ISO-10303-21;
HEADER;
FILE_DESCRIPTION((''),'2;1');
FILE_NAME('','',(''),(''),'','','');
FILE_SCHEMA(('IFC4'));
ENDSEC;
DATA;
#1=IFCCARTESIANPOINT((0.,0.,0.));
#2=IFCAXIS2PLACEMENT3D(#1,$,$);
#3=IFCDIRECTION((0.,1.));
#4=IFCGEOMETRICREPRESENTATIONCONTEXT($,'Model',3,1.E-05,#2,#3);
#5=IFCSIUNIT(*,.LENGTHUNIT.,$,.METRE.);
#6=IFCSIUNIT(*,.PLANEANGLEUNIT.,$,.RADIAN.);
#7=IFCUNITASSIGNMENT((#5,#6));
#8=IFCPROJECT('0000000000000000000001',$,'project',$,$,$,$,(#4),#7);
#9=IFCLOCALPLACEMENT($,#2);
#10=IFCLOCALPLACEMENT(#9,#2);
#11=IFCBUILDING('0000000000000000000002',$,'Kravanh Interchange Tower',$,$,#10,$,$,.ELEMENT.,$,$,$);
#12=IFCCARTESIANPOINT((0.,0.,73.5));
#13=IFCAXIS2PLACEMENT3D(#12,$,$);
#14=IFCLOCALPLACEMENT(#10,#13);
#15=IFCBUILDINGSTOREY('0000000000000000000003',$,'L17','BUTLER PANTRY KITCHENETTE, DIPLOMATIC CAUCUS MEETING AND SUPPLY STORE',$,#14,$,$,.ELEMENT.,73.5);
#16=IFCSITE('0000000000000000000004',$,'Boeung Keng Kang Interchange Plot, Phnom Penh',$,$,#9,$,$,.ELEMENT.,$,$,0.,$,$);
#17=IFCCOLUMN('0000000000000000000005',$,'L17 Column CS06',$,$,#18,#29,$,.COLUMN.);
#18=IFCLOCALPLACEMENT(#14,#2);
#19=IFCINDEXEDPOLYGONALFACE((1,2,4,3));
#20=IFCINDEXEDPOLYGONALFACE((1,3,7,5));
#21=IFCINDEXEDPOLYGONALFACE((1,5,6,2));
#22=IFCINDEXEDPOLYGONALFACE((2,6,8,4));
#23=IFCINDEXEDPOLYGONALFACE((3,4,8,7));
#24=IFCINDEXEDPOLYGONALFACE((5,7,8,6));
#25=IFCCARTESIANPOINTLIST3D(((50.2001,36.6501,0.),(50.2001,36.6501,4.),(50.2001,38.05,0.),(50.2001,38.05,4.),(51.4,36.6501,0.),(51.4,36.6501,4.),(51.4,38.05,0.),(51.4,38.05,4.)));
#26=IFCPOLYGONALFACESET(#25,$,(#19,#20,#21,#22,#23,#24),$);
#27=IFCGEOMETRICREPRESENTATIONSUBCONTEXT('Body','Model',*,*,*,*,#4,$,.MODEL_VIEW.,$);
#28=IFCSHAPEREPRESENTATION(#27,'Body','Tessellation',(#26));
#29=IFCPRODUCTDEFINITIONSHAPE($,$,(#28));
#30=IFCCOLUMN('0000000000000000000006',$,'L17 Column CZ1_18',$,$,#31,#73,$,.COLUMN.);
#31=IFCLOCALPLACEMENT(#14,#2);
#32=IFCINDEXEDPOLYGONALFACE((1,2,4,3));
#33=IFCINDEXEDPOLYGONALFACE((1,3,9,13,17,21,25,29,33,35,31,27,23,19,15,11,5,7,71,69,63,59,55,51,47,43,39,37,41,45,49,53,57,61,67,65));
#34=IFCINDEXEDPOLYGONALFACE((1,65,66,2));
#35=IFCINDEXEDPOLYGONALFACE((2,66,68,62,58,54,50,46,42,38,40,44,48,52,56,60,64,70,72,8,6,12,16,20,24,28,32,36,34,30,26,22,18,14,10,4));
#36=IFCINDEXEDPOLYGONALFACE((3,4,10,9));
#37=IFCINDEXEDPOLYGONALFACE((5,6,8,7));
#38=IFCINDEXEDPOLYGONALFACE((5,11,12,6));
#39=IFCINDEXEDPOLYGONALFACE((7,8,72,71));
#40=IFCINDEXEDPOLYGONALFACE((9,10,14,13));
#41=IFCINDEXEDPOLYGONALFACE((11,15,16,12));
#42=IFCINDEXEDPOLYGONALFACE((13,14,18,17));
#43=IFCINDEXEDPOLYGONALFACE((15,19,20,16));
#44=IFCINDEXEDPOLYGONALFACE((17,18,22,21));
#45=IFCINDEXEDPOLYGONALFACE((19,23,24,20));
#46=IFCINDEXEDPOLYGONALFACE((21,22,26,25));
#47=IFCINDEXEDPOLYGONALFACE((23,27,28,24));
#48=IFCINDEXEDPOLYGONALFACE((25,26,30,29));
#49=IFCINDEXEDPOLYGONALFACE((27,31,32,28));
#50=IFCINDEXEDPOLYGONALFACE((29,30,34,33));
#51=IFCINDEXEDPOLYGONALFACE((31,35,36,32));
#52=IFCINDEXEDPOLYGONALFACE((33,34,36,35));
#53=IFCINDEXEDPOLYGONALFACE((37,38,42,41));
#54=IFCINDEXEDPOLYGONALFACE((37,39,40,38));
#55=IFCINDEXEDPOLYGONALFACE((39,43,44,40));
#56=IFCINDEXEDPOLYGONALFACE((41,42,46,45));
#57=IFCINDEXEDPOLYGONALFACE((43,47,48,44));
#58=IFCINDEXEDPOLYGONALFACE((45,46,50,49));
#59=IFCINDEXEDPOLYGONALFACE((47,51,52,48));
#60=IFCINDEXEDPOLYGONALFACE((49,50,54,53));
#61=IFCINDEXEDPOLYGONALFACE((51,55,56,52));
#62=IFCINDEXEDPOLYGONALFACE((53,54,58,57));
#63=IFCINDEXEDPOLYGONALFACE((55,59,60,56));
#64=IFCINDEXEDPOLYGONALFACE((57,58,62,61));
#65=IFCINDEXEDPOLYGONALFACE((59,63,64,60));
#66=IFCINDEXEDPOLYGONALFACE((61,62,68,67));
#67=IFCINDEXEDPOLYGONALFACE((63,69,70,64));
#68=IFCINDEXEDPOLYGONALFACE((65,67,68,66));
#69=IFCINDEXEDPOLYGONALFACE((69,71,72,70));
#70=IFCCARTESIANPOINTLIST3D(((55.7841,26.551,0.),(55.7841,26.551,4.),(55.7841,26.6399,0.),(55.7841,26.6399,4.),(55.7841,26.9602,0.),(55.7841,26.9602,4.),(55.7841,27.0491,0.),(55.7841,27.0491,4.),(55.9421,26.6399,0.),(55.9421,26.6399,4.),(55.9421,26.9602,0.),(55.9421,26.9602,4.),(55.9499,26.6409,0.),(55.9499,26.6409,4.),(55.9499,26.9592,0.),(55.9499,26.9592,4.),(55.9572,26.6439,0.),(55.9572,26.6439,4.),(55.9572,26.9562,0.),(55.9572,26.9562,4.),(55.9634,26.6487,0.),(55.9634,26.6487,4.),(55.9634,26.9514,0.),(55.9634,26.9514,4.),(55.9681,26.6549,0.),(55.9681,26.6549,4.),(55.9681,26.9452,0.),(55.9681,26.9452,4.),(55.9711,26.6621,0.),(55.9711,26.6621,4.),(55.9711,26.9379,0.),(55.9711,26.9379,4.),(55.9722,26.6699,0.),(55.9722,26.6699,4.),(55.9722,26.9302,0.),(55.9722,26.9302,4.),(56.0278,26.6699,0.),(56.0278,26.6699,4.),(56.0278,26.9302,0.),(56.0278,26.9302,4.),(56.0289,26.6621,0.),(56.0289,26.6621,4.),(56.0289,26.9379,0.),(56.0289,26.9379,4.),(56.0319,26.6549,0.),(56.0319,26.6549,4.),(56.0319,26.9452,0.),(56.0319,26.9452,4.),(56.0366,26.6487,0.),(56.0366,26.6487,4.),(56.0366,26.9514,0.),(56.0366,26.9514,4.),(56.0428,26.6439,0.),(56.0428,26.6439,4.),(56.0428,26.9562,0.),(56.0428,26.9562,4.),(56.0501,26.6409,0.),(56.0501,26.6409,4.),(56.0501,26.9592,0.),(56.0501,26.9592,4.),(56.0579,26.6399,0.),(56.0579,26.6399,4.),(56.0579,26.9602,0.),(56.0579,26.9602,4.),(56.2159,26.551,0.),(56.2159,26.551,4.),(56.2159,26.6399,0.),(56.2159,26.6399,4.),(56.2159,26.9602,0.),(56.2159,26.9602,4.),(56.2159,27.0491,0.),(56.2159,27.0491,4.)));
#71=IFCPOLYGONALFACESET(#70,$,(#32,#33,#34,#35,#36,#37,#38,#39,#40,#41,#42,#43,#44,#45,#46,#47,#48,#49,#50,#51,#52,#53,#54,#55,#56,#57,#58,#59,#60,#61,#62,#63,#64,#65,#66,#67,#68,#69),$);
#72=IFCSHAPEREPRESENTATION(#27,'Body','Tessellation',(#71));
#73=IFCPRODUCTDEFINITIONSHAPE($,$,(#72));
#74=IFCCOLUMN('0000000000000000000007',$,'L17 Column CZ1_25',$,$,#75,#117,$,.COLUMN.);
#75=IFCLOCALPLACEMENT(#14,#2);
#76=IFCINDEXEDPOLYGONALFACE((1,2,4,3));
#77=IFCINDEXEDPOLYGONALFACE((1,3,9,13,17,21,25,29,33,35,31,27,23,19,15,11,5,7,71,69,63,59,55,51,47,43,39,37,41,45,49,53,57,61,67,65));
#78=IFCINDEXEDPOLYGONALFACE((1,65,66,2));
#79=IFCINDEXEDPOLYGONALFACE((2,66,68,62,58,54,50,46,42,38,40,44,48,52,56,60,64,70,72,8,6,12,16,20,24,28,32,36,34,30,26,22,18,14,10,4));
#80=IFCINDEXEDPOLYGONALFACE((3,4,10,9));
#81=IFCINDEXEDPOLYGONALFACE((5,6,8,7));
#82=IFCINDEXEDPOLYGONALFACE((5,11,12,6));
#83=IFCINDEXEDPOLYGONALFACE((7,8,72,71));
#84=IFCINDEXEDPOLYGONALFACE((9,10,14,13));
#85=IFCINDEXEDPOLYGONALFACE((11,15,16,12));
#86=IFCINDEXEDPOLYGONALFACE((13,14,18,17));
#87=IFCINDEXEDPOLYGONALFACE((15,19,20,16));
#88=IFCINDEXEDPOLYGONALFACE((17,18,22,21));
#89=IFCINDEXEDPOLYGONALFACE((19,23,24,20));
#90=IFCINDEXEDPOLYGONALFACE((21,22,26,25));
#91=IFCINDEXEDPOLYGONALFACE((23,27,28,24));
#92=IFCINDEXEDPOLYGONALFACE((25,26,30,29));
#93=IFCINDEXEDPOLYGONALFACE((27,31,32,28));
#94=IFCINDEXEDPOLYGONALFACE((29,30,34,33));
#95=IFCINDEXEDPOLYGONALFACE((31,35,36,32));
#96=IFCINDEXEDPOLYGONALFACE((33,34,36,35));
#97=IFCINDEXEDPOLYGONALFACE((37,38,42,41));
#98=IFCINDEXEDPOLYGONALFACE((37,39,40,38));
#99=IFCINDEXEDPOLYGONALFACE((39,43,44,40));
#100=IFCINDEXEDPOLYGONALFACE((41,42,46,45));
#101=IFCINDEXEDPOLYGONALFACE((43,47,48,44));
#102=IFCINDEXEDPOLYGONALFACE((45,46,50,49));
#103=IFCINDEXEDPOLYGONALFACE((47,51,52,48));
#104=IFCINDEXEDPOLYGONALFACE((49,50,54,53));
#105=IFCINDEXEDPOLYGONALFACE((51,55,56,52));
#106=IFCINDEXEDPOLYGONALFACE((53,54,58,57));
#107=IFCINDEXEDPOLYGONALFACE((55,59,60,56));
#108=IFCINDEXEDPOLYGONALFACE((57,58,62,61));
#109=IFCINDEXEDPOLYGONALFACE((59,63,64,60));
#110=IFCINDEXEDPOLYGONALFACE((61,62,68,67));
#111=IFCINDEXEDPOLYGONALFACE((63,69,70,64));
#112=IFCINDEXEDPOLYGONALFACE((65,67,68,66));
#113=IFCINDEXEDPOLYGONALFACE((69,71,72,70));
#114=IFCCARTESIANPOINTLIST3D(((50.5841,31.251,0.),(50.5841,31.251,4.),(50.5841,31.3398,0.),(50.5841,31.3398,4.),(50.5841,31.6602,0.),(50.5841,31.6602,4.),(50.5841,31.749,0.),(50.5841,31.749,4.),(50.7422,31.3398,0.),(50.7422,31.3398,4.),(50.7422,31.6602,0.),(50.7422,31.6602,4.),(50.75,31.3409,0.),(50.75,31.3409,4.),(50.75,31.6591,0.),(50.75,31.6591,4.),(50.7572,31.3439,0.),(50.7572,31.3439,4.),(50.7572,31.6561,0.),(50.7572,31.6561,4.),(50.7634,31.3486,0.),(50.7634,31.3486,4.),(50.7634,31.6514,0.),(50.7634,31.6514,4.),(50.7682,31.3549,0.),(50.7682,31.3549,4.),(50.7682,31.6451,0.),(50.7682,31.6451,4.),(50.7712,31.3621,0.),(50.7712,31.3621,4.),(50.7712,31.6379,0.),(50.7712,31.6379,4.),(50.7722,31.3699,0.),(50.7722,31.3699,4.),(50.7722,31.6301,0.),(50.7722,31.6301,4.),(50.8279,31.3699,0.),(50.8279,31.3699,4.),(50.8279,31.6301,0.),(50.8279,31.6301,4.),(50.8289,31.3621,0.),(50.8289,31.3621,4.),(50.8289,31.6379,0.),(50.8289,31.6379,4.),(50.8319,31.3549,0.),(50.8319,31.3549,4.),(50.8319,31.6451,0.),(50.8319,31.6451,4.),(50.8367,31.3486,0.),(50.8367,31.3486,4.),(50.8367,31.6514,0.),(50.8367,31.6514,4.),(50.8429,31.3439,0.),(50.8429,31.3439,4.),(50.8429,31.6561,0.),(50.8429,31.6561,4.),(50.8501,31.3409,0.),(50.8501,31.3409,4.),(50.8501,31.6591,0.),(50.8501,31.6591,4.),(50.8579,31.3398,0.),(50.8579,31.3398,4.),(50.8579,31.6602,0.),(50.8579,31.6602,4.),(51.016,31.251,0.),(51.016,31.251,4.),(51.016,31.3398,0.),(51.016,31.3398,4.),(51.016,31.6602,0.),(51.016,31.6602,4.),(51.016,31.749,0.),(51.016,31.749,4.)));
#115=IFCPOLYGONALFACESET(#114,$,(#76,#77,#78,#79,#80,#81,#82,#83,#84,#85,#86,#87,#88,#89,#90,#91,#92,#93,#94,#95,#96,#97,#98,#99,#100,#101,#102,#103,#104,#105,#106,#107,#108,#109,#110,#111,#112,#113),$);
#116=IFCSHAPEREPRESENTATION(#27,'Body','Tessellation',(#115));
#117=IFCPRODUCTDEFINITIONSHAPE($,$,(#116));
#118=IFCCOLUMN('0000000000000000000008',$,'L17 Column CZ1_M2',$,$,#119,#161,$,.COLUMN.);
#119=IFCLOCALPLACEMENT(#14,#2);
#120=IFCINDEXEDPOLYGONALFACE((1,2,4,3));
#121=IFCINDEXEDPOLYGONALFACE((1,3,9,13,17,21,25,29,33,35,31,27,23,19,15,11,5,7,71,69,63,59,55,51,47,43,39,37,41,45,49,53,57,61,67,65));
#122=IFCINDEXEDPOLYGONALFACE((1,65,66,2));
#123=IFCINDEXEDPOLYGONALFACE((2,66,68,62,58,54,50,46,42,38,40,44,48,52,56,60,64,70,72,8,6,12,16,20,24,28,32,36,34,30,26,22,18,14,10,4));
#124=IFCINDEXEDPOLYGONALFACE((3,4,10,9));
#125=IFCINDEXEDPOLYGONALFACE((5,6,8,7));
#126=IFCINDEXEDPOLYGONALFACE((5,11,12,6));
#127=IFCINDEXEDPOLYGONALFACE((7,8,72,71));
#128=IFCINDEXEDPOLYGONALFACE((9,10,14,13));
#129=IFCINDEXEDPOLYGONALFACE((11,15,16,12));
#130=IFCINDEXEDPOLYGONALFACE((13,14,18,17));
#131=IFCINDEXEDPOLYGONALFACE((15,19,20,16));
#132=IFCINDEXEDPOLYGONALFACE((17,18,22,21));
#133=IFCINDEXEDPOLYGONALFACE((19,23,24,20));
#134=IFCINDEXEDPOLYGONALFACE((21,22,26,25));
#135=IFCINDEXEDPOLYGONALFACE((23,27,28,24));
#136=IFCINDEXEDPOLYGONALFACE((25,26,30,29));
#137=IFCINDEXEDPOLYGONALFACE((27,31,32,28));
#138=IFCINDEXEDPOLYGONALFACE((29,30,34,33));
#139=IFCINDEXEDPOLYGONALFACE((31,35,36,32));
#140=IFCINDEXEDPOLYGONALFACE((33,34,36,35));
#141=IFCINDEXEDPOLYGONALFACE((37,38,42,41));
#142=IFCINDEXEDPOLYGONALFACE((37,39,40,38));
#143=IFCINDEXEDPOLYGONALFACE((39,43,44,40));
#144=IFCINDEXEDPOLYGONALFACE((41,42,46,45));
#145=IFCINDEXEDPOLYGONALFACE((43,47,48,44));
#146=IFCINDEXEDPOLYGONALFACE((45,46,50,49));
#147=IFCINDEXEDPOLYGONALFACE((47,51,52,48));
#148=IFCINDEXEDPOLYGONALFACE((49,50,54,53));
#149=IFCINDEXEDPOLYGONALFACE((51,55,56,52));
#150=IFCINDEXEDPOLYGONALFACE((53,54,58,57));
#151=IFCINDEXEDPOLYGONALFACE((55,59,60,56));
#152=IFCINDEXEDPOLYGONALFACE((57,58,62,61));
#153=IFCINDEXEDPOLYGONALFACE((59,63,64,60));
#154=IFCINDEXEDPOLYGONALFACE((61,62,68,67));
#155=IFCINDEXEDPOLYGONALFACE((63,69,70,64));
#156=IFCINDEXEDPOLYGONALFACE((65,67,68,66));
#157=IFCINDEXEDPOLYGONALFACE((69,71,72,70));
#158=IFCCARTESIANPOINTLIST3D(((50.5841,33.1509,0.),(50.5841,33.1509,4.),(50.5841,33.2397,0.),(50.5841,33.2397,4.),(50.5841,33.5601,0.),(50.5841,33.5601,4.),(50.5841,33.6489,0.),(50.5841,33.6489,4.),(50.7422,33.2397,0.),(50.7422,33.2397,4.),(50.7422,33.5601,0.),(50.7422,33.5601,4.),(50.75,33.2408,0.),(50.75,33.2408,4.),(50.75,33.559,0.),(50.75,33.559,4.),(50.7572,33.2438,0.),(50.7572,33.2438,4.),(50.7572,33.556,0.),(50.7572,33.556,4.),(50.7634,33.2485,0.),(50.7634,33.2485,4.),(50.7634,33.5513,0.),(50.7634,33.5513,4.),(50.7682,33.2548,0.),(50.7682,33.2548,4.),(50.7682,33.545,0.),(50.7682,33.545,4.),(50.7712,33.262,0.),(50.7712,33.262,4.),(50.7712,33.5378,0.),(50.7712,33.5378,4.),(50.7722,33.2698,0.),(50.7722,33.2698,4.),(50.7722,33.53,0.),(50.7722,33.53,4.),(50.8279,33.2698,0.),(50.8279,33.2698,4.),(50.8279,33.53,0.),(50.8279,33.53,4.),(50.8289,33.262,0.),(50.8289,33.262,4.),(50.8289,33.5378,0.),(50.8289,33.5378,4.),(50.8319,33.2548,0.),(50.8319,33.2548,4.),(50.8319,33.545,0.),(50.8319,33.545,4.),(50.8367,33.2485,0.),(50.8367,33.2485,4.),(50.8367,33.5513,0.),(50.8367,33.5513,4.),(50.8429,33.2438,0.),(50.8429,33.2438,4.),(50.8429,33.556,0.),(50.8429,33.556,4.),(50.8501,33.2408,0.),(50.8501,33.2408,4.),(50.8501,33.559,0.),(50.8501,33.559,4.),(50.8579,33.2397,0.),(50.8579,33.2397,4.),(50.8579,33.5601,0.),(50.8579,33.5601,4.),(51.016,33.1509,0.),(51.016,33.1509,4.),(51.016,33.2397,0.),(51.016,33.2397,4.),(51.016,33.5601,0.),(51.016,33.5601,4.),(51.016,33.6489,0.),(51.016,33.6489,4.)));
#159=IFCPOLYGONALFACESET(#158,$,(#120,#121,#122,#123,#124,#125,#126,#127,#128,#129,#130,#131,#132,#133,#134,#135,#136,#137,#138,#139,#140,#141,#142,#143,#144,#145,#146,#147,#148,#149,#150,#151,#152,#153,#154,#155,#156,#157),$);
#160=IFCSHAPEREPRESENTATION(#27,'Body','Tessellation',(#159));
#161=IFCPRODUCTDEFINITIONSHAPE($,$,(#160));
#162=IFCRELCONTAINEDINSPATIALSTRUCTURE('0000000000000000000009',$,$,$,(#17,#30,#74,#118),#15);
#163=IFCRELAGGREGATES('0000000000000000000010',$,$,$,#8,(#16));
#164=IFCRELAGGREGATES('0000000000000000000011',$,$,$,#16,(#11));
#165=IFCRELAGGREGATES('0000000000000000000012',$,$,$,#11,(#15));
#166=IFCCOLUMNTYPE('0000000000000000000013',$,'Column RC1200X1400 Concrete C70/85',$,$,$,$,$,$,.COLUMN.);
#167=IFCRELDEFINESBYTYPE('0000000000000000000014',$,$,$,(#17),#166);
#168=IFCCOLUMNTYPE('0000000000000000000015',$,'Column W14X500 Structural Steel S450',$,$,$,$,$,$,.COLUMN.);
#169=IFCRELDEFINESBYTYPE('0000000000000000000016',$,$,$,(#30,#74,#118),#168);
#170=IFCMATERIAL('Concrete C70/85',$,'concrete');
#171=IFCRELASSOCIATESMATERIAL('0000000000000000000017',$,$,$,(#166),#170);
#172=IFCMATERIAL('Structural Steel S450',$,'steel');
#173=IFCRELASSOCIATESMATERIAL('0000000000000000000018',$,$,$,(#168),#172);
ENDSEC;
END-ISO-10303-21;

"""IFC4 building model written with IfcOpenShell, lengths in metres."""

from ifc_helpers import new_model, si_unit, direction, frame, origin, origin_2d, place, context, subcontext, project, spatial, rectangle, i_section, extrude, material, material_profile, profile_set, type_object, element, save


model = new_model("IFC4")

# Units and contexts
model_context = context("Model", 3, precision=1e-05, world=origin(), true_north=direction((0.0, 1.0)))
body_context = subcontext(model_context, "Body", "Model", "MODEL_VIEW")
ifc_project = project(units=[si_unit("LENGTHUNIT", "METRE"), si_unit("PLANEANGLEUNIT", "RADIAN")], contexts=[model_context])

# Site, building, storey
site_placement = place(None, origin())
site = spatial("IfcSite", under=ifc_project, at=site_placement, Name="Boeung Keng Kang Interchange Plot, Phnom Penh", CompositionType="ELEMENT", RefElevation=0.0)
building_placement = place(site_placement, origin())
building = spatial("IfcBuilding", under=site, at=building_placement, Name="Kravanh Interchange Tower", CompositionType="ELEMENT")
storey_placement = place(building_placement, frame((0.0, 0.0, 73.5)))
storey = spatial("IfcBuildingStorey", under=building, at=storey_placement, Name="L17", Description="BUTLER PANTRY KITCHENETTE, DIPLOMATIC CAUCUS MEETING AND SUPPLY STORE", CompositionType="ELEMENT", Elevation=73.5)

# Columns
ifc_material_1 = material(Name="Concrete C70/85", Category="concrete")
ifc_material_profile_1 = material_profile(ifc_material_1, rectangle(XDim=1.2, YDim=1.3999, at=origin_2d()), Name="RC1200X1400")
ifc_profile_set_1 = profile_set([ifc_material_profile_1], Name="Concrete C70/85")
column_type_1 = type_object("IfcColumnType", Name="Column RC1200X1400 Concrete C70/85", PredefinedType="COLUMN", material=ifc_profile_set_1)
column_placement = place(storey_placement, frame((50.8, 37.3501, 0.0), z_axis=(0.0, 0.0, 1.0), x_axis=(1.0, 0.0, 0.0)))
element("IfcColumn", 1, at=column_placement, inside=storey, type_object=column_type_1, Name="L17 Column CS06", PredefinedType="COLUMN", context=body_context, shape_type="SweptSolid", body=[
    extrude(rectangle(XDim=1.2, YDim=1.3999, at=origin_2d()), origin(), (0.0, 0.0, 1.0), 4.0),
])
ifc_material_2 = material(Name="Structural Steel S450", Category="steel")
ifc_material_profile_2 = material_profile(ifc_material_2, i_section(OverallWidth=0.4319, OverallDepth=0.498, WebThickness=0.0557, FlangeThickness=0.0889, FilletRadius=0.03, at=origin_2d()), Name="W14X500")
ifc_profile_set_2 = profile_set([ifc_material_profile_2], Name="Structural Steel S450")
column_type_2 = type_object("IfcColumnType", Name="Column W14X500 Structural Steel S450", PredefinedType="COLUMN", material=ifc_profile_set_2)
for number, where, z_axis, x_axis, name in (
    (2, (56.0, 26.8, 0.0), (0.0, 0.0, 1.0), (1.0, 0.0, 0.0), "L17 Column CZ1_18"),
    (3, (50.8, 31.5, 0.0), (0.0, 0.0, 1.0), (1.0, 0.0, 0.0), "L17 Column CZ1_25"),
    (4, (50.8, 33.3999, 0.0), (0.0, 0.0, 1.0), (1.0, 0.0, 0.0), "L17 Column CZ1_M2"),
):
    element("IfcColumn", number, at=place(storey_placement, frame(where, z_axis=z_axis, x_axis=x_axis)), inside=storey, type_object=column_type_2, Name=name, PredefinedType="COLUMN", context=body_context, shape_type="SweptSolid", body=[
        extrude(i_section(OverallWidth=0.4319, OverallDepth=0.498, WebThickness=0.0557, FlangeThickness=0.0889, FilletRadius=0.03, at=origin_2d()), origin(), (0.0, 0.0, 1.0), 4.0),
    ])

save(model, "model.ifc")
